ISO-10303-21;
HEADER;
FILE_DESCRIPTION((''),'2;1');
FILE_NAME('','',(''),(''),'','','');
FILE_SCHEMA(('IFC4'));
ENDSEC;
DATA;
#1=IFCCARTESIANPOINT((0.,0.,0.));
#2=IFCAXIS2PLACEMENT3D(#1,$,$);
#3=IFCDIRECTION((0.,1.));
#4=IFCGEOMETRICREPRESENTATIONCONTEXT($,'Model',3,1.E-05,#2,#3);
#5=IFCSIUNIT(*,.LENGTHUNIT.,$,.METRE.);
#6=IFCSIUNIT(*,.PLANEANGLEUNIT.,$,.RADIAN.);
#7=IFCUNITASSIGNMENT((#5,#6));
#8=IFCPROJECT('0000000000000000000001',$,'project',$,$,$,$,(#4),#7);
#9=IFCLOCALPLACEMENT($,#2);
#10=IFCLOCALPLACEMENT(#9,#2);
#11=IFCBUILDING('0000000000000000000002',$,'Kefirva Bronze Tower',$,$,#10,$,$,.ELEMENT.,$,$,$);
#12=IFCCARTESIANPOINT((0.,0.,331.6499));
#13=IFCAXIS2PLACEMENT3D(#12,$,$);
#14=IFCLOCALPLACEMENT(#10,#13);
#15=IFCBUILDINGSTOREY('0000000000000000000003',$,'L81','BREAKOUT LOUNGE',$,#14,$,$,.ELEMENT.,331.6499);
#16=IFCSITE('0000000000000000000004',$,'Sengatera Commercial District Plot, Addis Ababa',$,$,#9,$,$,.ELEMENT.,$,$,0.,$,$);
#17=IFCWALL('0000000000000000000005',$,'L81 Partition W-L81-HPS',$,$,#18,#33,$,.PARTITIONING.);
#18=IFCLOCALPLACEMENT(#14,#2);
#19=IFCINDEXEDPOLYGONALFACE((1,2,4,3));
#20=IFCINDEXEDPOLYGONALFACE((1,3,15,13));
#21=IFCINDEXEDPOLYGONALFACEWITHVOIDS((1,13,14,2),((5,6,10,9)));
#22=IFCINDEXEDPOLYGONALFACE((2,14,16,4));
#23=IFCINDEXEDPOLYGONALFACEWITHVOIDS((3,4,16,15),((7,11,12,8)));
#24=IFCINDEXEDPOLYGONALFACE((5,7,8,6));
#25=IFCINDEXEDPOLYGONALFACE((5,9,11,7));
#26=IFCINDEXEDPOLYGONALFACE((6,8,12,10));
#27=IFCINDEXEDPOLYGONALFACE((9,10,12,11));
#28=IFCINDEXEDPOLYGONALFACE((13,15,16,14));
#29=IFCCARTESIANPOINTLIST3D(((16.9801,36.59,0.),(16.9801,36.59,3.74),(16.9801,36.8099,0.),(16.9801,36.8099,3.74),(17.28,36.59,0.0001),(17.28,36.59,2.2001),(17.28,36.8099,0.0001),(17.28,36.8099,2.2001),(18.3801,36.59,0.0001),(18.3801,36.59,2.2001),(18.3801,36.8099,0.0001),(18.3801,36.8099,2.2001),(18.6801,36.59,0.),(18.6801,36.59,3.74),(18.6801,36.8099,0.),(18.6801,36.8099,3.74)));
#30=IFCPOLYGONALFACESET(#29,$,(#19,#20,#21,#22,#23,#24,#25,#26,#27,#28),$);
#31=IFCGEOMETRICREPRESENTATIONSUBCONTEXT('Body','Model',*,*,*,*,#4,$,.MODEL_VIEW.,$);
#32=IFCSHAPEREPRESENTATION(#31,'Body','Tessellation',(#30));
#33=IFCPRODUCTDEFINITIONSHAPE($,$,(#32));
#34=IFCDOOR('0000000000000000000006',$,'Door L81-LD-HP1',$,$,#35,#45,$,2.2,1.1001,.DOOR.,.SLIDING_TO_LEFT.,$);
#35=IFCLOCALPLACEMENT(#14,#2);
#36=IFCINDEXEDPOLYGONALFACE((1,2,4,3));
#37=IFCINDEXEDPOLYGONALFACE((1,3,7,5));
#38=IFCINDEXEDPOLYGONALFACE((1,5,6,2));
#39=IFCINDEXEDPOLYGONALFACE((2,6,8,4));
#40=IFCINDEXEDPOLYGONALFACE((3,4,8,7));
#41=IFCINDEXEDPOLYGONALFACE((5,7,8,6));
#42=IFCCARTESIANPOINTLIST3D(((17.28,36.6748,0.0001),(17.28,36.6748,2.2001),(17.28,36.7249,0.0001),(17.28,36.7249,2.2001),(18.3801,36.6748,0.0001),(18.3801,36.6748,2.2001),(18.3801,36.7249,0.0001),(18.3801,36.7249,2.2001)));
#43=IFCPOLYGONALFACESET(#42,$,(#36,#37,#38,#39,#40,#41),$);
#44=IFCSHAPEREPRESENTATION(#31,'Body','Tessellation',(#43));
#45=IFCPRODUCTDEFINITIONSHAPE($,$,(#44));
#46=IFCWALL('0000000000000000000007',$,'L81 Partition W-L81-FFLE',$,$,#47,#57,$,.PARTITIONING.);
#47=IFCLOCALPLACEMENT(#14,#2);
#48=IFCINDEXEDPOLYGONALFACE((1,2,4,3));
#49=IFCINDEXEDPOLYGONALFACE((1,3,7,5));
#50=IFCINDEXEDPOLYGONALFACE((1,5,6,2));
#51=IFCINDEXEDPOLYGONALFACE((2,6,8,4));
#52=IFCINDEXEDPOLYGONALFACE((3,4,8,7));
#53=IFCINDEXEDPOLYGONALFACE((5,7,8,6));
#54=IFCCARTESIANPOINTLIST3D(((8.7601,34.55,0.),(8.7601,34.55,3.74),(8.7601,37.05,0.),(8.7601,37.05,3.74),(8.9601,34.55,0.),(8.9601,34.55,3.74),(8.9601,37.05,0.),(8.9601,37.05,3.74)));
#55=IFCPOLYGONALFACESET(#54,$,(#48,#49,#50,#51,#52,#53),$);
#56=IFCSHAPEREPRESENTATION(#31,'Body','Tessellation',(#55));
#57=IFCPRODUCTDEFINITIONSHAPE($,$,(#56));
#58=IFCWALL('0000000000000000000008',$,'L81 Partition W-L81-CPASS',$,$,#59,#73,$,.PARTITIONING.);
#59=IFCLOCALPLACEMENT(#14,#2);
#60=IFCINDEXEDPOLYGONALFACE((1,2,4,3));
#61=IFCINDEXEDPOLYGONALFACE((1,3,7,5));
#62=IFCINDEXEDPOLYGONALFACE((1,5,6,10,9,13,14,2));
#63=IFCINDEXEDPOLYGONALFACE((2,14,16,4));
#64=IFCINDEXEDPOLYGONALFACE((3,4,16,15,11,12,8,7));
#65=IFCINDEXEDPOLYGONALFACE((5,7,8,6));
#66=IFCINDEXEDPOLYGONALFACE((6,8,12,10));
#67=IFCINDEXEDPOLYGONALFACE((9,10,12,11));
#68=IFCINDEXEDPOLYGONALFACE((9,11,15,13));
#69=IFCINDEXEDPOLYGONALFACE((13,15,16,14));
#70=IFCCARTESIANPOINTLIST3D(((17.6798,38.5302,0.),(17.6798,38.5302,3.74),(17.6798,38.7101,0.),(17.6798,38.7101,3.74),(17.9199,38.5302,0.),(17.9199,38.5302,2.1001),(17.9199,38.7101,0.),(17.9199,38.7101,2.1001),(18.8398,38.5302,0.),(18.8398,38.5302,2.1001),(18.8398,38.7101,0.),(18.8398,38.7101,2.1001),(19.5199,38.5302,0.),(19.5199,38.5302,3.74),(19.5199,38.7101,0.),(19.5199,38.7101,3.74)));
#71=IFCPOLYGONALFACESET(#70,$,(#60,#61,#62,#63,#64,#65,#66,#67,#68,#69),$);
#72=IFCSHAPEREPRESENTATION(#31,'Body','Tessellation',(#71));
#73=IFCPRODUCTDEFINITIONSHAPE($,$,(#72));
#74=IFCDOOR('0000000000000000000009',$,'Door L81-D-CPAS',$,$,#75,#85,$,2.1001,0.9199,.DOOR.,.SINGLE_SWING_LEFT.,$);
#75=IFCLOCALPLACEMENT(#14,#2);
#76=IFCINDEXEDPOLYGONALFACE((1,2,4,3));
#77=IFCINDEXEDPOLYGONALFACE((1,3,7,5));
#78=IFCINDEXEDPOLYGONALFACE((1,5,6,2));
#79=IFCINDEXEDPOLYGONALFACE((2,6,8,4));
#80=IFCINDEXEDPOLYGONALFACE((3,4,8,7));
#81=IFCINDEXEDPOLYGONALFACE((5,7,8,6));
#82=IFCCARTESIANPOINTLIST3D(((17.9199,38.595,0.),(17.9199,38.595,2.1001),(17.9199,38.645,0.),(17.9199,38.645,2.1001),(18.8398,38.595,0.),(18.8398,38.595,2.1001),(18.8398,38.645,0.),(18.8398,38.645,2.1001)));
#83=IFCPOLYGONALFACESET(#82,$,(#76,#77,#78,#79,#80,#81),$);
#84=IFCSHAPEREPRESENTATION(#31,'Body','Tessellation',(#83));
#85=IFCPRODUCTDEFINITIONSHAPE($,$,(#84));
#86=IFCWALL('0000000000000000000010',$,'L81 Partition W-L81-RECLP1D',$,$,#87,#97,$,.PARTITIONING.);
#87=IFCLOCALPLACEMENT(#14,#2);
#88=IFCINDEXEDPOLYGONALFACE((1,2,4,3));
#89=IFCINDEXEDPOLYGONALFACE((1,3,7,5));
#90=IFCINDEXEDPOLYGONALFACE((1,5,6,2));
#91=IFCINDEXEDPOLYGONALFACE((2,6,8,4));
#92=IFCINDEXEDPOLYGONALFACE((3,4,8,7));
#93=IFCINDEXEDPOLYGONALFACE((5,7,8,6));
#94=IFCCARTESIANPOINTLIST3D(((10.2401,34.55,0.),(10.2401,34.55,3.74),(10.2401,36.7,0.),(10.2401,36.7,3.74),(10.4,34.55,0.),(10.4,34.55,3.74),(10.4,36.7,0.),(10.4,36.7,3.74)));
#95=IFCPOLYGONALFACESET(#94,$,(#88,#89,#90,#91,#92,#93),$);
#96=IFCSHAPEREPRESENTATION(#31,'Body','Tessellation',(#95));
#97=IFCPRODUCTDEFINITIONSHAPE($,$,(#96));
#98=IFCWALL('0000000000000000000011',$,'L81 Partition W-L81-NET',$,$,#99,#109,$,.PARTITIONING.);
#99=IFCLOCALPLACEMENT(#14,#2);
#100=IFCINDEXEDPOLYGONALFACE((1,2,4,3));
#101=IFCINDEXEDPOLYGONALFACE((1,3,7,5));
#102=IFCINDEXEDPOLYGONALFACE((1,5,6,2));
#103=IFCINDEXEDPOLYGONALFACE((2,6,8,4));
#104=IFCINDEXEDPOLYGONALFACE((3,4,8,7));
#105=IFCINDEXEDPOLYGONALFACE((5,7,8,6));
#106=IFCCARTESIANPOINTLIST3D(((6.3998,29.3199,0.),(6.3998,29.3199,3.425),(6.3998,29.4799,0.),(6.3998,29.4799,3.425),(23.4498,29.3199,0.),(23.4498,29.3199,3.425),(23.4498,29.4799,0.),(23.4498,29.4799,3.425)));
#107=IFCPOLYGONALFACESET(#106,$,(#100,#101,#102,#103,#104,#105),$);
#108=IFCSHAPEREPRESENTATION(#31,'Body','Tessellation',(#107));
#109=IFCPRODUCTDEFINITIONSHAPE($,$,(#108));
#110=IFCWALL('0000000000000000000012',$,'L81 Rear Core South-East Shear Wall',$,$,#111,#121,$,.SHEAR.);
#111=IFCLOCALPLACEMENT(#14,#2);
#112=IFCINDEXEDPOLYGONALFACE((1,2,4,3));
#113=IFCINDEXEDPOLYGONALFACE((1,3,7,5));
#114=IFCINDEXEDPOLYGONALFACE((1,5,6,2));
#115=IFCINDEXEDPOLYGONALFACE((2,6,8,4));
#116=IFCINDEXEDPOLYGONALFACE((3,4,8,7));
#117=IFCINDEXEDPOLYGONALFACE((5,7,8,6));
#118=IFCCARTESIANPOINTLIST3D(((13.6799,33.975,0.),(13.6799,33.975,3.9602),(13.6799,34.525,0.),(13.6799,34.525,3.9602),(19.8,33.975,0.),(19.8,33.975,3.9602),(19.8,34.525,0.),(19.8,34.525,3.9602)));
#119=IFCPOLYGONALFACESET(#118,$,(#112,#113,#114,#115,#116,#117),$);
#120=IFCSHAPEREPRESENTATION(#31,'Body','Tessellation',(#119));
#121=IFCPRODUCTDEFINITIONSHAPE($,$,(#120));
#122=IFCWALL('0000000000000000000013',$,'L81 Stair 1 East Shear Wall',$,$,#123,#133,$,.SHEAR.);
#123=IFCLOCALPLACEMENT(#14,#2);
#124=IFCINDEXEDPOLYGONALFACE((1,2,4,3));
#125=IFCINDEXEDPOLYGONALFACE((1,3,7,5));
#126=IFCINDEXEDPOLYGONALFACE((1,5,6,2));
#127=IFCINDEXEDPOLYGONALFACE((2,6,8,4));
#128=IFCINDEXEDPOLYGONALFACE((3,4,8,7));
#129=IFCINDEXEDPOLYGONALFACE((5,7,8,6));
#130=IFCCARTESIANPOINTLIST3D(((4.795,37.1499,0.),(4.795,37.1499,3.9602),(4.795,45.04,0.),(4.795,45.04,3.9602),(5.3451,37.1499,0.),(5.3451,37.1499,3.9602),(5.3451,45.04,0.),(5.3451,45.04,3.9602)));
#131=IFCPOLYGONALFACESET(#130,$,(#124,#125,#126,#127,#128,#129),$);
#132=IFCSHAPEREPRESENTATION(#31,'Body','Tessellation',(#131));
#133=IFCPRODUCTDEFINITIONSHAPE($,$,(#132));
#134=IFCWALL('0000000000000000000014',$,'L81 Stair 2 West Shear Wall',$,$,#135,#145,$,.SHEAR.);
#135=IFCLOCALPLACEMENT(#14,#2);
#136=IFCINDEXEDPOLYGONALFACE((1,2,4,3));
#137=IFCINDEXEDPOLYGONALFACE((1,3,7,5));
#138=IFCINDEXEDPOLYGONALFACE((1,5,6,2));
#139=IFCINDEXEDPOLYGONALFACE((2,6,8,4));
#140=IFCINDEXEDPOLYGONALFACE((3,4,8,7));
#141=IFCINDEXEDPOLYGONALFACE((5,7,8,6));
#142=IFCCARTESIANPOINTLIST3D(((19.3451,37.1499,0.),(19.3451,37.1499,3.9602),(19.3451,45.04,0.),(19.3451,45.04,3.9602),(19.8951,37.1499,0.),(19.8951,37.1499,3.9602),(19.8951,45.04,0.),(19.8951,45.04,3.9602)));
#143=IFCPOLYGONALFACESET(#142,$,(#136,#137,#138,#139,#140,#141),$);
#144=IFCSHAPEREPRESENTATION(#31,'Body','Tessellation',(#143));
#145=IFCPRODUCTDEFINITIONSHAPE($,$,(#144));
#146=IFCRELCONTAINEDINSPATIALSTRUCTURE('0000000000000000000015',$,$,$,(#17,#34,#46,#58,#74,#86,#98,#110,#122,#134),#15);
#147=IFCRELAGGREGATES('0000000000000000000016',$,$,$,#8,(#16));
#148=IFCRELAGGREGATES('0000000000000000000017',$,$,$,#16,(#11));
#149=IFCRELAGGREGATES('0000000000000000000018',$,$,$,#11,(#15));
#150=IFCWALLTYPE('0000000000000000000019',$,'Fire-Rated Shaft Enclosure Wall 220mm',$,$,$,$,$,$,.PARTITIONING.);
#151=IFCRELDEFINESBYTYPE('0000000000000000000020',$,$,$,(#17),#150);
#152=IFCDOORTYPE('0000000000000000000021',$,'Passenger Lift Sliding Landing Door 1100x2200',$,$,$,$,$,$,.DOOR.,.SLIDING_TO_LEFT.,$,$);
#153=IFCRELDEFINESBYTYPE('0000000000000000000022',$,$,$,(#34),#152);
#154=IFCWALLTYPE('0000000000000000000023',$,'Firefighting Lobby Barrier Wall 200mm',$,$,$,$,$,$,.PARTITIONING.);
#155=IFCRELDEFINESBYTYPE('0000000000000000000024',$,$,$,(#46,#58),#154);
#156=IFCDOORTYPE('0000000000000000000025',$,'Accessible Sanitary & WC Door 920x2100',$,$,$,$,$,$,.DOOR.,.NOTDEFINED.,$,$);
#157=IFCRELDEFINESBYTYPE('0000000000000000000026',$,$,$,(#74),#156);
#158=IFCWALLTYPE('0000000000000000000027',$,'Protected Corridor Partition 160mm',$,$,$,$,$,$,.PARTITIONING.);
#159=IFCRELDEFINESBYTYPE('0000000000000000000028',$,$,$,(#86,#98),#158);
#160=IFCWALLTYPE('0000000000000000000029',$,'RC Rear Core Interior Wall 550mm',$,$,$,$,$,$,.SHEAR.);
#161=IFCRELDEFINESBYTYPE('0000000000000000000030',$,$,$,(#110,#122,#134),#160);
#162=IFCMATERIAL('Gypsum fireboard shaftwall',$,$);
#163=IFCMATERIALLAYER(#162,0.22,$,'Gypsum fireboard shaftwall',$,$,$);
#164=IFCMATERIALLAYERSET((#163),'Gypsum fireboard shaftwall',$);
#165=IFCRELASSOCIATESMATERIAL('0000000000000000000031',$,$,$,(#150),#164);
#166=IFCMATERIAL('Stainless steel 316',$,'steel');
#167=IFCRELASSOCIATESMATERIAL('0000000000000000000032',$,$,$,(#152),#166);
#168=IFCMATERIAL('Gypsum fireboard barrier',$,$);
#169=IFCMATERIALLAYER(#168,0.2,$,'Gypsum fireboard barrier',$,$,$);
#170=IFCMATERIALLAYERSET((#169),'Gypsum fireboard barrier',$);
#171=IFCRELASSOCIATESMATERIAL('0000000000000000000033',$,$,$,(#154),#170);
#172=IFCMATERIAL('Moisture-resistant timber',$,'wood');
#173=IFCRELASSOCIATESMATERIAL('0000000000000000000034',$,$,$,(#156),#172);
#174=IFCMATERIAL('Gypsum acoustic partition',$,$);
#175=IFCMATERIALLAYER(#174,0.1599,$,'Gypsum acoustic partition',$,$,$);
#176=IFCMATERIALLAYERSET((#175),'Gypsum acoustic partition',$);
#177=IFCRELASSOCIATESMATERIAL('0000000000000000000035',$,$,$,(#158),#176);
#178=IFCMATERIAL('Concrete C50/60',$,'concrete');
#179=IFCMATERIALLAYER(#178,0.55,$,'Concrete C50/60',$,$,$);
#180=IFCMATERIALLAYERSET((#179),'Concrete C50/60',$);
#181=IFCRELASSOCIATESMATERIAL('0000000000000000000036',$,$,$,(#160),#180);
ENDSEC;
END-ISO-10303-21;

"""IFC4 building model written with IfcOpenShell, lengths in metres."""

from ifc_helpers import new_model, si_unit, direction, frame, frame_2d, origin, place, context, subcontext, project, spatial, rectangle, extrude, material, layer, layer_set, type_object, element, fill, save


model = new_model("IFC4")

# Units and contexts
model_context = context("Model", 3, precision=1e-05, world=origin(), true_north=direction((0.0, 1.0)))
body_context = subcontext(model_context, "Body", "Model", "MODEL_VIEW")
ifc_project = project(units=[si_unit("LENGTHUNIT", "METRE"), si_unit("PLANEANGLEUNIT", "RADIAN")], contexts=[model_context])

# Site, building, storey
site_placement = place(None, origin())
site = spatial("IfcSite", under=ifc_project, at=site_placement, Name="Sengatera Commercial District Plot, Addis Ababa", CompositionType="ELEMENT", RefElevation=0.0)
building_placement = place(site_placement, origin())
building = spatial("IfcBuilding", under=site, at=building_placement, Name="Kefirva Bronze Tower", CompositionType="ELEMENT")
storey_placement = place(building_placement, frame((0.0, 0.0, 331.6499)))
storey = spatial("IfcBuildingStorey", under=building, at=storey_placement, Name="L81", Description="BREAKOUT LOUNGE", CompositionType="ELEMENT", Elevation=331.6499)

# Shared definitions
ifc_material_1 = material(Name="Concrete C50/60", Category="concrete")

# Shared definitions
ifc_material_2 = material(Name="Gypsum acoustic partition")

# Shared definitions
ifc_material_3 = material(Name="Gypsum fireboard shaftwall")
ifc_layer_1 = layer(ifc_material_3, 0.22, Name="Gypsum fireboard shaftwall")
ifc_layer_set_1 = layer_set([ifc_layer_1], Name="Gypsum fireboard shaftwall")
wall_type_1 = type_object("IfcWallType", Name="Fire-Rated Shaft Enclosure Wall 220mm", PredefinedType="PARTITIONING", material=ifc_layer_set_1)

# Shared definitions
ifc_material_4 = material(Name="Stainless steel 316", Category="steel")

# Wall, opening, door
wall_1_placement = place(storey_placement, frame((16.98, 36.7, 0.0), z_axis=(0.0, 0.0, 1.0), x_axis=(1.0, 0.0, 0.0)))
wall_1 = element("IfcWall", 1, at=wall_1_placement, inside=storey, type_object=wall_type_1, Name="L81 Partition W-L81-HPS", PredefinedType="PARTITIONING", context=body_context, shape_type="SweptSolid", body=[
    extrude(rectangle(XDim=1.7, YDim=0.22, at=frame_2d((0.8501, 0.0))), origin(), (0.0, 0.0, 1.0), 3.74),
])
opening_1_placement = place(wall_1_placement, frame((0.3, 0.0, 0.0)))
opening_1 = element("IfcOpeningElement", 2, at=opening_1_placement, cuts=wall_1, PredefinedType="OPENING", context=body_context, shape_type="SweptSolid", body=[
    extrude(rectangle(XDim=1.1001, YDim=2.2, at=frame_2d((0.55, 1.1001))), frame((0.0, 0.1201, 0.0), z_axis=(0.0, -1.0, 0.0), x_axis=(1.0, 0.0, 0.0)), (0.0, 0.0, 1.0), 0.24),
])
door_type_1 = type_object("IfcDoorType", Name="Passenger Lift Sliding Landing Door 1100x2200", OperationType="SLIDING_TO_LEFT", PredefinedType="DOOR", material=ifc_material_4)
door_1_placement = place(opening_1_placement, origin())
door_1 = element("IfcDoor", 3, at=door_1_placement, inside=storey, type_object=door_type_1, Name="Door L81-LD-HP1", OperationType="SLIDING_TO_LEFT", OverallHeight=2.2, OverallWidth=1.1001, PredefinedType="DOOR", context=body_context, shape_type="SweptSolid", body=[
    extrude(rectangle(XDim=1.1001, YDim=2.2, at=frame_2d((0.55, 1.1001))), frame((0.0, 0.0249, 0.0), z_axis=(0.0, -1.0, 0.0), x_axis=(1.0, 0.0, 0.0)), (0.0, 0.0, 1.0), 0.05),
])
fill(opening_1, door_1)

# Wall
ifc_material_5 = material(Name="Gypsum fireboard barrier")
ifc_layer_2 = layer(ifc_material_5, 0.2, Name="Gypsum fireboard barrier")
ifc_layer_set_2 = layer_set([ifc_layer_2], Name="Gypsum fireboard barrier")
wall_type_2 = type_object("IfcWallType", Name="Firefighting Lobby Barrier Wall 200mm", PredefinedType="PARTITIONING", material=ifc_layer_set_2)
wall_2_placement = place(storey_placement, frame((8.8601, 34.55, 0.0), z_axis=(0.0, 0.0, 1.0), x_axis=(0.0, 1.0, 0.0)))
element("IfcWall", 4, at=wall_2_placement, inside=storey, type_object=wall_type_2, Name="L81 Partition W-L81-FFLE", PredefinedType="PARTITIONING", context=body_context, shape_type="SweptSolid", body=[
    extrude(rectangle(XDim=2.5, YDim=0.2, at=frame_2d((1.25, 0.0))), origin(), (0.0, 0.0, 1.0), 3.74),
])

# Wall, opening, door
wall_3_placement = place(storey_placement, frame((17.6799, 38.6201, 0.0), z_axis=(0.0, 0.0, 1.0), x_axis=(1.0, 0.0, 0.0)))
wall_3 = element("IfcWall", 5, at=wall_3_placement, inside=storey, type_object=wall_type_2, Name="L81 Partition W-L81-CPASS", PredefinedType="PARTITIONING", context=body_context, shape_type="SweptSolid", body=[
    extrude(rectangle(XDim=1.8401, YDim=0.1799, at=frame_2d((0.9199, 0.0))), origin(), (0.0, 0.0, 1.0), 3.74),
])
opening_2_placement = place(wall_3_placement, frame((0.24, 0.0, 0.0)))
opening_2 = element("IfcOpeningElement", 6, at=opening_2_placement, cuts=wall_3, PredefinedType="OPENING", context=body_context, shape_type="SweptSolid", body=[
    extrude(rectangle(XDim=0.9199, YDim=2.1001, at=frame_2d((0.46, 1.05))), frame((0.0, 0.1001, 0.0), z_axis=(0.0, -1.0, 0.0), x_axis=(1.0, 0.0, 0.0)), (0.0, 0.0, 1.0), 0.2),
])
ifc_material_6 = material(Name="Moisture-resistant timber", Category="wood")
door_type_2 = type_object("IfcDoorType", Name="Accessible Sanitary & WC Door 920x2100", OperationType="NOTDEFINED", PredefinedType="DOOR", material=ifc_material_6)
door_2_placement = place(opening_2_placement, origin())
door_2 = element("IfcDoor", 7, at=door_2_placement, inside=storey, type_object=door_type_2, Name="Door L81-D-CPAS", OperationType="SINGLE_SWING_LEFT", OverallHeight=2.1001, OverallWidth=0.9199, PredefinedType="DOOR", context=body_context, shape_type="SweptSolid", body=[
    extrude(rectangle(XDim=0.9199, YDim=2.1001, at=frame_2d((0.46, 1.05))), frame((0.0, 0.0249, 0.0), z_axis=(0.0, -1.0, 0.0), x_axis=(1.0, 0.0, 0.0)), (0.0, 0.0, 1.0), 0.05),
])
fill(opening_2, door_2)

# Shared definitions
ifc_layer_3 = layer(ifc_material_2, 0.1599, Name="Gypsum acoustic partition")
ifc_layer_set_3 = layer_set([ifc_layer_3], Name="Gypsum acoustic partition")
wall_type_3 = type_object("IfcWallType", Name="Protected Corridor Partition 160mm", PredefinedType="PARTITIONING", material=ifc_layer_set_3)

# Walls
wall_4_placement = place(storey_placement, frame((10.3201, 34.55, 0.0), z_axis=(0.0, 0.0, 1.0), x_axis=(0.0, 1.0, 0.0)))
element("IfcWall", 8, at=wall_4_placement, inside=storey, type_object=wall_type_3, Name="L81 Partition W-L81-RECLP1D", PredefinedType="PARTITIONING", context=body_context, shape_type="SweptSolid", body=[
    extrude(rectangle(XDim=2.1499, YDim=0.1599, at=frame_2d((1.075, 0.0))), origin(), (0.0, 0.0, 1.0), 3.74),
])
wall_5_placement = place(storey_placement, frame((6.3999, 29.3999, 0.0), z_axis=(0.0, 0.0, 1.0), x_axis=(1.0, 0.0, 0.0)))
element("IfcWall", 9, at=wall_5_placement, inside=storey, type_object=wall_type_3, Name="L81 Partition W-L81-NET", PredefinedType="PARTITIONING", context=body_context, shape_type="SweptSolid", body=[
    extrude(rectangle(XDim=17.05, YDim=0.1599, at=frame_2d((8.5249, 0.0))), origin(), (0.0, 0.0, 1.0), 3.425),
])
ifc_layer_4 = layer(ifc_material_1, 0.55, Name="Concrete C50/60")
ifc_layer_set_4 = layer_set([ifc_layer_4], Name="Concrete C50/60")
wall_type_4 = type_object("IfcWallType", Name="RC Rear Core Interior Wall 550mm", PredefinedType="SHEAR", material=ifc_layer_set_4)
wall_6_placement = place(storey_placement, frame((13.6799, 34.25, 0.0), z_axis=(0.0, 0.0, 1.0), x_axis=(1.0, 0.0, 0.0)))
element("IfcWall", 10, at=wall_6_placement, inside=storey, type_object=wall_type_4, Name="L81 Rear Core South-East Shear Wall", PredefinedType="SHEAR", context=body_context, shape_type="SweptSolid", body=[
    extrude(rectangle(XDim=6.1201, YDim=0.55, at=frame_2d((3.0601, 0.0))), origin(), (0.0, 0.0, 1.0), 3.9602),
])
for number, where, z_axis, x_axis, name in (
    (11, (5.0701, 37.1499, 0.0), (0.0, 0.0, 1.0), (0.0, 1.0, 0.0), "L81 Stair 1 East Shear Wall"),
    (12, (19.6201, 37.1499, 0.0), (0.0, 0.0, 1.0), (0.0, 1.0, 0.0), "L81 Stair 2 West Shear Wall"),
):
    element("IfcWall", number, at=place(storey_placement, frame(where, z_axis=z_axis, x_axis=x_axis)), inside=storey, type_object=wall_type_4, Name=name, PredefinedType="SHEAR", context=body_context, shape_type="SweptSolid", body=[
        extrude(rectangle(XDim=7.8901, YDim=0.55, at=frame_2d((3.9451, 0.0))), origin(), (0.0, 0.0, 1.0), 3.9602),
    ])

save(model, "model.ifc")
